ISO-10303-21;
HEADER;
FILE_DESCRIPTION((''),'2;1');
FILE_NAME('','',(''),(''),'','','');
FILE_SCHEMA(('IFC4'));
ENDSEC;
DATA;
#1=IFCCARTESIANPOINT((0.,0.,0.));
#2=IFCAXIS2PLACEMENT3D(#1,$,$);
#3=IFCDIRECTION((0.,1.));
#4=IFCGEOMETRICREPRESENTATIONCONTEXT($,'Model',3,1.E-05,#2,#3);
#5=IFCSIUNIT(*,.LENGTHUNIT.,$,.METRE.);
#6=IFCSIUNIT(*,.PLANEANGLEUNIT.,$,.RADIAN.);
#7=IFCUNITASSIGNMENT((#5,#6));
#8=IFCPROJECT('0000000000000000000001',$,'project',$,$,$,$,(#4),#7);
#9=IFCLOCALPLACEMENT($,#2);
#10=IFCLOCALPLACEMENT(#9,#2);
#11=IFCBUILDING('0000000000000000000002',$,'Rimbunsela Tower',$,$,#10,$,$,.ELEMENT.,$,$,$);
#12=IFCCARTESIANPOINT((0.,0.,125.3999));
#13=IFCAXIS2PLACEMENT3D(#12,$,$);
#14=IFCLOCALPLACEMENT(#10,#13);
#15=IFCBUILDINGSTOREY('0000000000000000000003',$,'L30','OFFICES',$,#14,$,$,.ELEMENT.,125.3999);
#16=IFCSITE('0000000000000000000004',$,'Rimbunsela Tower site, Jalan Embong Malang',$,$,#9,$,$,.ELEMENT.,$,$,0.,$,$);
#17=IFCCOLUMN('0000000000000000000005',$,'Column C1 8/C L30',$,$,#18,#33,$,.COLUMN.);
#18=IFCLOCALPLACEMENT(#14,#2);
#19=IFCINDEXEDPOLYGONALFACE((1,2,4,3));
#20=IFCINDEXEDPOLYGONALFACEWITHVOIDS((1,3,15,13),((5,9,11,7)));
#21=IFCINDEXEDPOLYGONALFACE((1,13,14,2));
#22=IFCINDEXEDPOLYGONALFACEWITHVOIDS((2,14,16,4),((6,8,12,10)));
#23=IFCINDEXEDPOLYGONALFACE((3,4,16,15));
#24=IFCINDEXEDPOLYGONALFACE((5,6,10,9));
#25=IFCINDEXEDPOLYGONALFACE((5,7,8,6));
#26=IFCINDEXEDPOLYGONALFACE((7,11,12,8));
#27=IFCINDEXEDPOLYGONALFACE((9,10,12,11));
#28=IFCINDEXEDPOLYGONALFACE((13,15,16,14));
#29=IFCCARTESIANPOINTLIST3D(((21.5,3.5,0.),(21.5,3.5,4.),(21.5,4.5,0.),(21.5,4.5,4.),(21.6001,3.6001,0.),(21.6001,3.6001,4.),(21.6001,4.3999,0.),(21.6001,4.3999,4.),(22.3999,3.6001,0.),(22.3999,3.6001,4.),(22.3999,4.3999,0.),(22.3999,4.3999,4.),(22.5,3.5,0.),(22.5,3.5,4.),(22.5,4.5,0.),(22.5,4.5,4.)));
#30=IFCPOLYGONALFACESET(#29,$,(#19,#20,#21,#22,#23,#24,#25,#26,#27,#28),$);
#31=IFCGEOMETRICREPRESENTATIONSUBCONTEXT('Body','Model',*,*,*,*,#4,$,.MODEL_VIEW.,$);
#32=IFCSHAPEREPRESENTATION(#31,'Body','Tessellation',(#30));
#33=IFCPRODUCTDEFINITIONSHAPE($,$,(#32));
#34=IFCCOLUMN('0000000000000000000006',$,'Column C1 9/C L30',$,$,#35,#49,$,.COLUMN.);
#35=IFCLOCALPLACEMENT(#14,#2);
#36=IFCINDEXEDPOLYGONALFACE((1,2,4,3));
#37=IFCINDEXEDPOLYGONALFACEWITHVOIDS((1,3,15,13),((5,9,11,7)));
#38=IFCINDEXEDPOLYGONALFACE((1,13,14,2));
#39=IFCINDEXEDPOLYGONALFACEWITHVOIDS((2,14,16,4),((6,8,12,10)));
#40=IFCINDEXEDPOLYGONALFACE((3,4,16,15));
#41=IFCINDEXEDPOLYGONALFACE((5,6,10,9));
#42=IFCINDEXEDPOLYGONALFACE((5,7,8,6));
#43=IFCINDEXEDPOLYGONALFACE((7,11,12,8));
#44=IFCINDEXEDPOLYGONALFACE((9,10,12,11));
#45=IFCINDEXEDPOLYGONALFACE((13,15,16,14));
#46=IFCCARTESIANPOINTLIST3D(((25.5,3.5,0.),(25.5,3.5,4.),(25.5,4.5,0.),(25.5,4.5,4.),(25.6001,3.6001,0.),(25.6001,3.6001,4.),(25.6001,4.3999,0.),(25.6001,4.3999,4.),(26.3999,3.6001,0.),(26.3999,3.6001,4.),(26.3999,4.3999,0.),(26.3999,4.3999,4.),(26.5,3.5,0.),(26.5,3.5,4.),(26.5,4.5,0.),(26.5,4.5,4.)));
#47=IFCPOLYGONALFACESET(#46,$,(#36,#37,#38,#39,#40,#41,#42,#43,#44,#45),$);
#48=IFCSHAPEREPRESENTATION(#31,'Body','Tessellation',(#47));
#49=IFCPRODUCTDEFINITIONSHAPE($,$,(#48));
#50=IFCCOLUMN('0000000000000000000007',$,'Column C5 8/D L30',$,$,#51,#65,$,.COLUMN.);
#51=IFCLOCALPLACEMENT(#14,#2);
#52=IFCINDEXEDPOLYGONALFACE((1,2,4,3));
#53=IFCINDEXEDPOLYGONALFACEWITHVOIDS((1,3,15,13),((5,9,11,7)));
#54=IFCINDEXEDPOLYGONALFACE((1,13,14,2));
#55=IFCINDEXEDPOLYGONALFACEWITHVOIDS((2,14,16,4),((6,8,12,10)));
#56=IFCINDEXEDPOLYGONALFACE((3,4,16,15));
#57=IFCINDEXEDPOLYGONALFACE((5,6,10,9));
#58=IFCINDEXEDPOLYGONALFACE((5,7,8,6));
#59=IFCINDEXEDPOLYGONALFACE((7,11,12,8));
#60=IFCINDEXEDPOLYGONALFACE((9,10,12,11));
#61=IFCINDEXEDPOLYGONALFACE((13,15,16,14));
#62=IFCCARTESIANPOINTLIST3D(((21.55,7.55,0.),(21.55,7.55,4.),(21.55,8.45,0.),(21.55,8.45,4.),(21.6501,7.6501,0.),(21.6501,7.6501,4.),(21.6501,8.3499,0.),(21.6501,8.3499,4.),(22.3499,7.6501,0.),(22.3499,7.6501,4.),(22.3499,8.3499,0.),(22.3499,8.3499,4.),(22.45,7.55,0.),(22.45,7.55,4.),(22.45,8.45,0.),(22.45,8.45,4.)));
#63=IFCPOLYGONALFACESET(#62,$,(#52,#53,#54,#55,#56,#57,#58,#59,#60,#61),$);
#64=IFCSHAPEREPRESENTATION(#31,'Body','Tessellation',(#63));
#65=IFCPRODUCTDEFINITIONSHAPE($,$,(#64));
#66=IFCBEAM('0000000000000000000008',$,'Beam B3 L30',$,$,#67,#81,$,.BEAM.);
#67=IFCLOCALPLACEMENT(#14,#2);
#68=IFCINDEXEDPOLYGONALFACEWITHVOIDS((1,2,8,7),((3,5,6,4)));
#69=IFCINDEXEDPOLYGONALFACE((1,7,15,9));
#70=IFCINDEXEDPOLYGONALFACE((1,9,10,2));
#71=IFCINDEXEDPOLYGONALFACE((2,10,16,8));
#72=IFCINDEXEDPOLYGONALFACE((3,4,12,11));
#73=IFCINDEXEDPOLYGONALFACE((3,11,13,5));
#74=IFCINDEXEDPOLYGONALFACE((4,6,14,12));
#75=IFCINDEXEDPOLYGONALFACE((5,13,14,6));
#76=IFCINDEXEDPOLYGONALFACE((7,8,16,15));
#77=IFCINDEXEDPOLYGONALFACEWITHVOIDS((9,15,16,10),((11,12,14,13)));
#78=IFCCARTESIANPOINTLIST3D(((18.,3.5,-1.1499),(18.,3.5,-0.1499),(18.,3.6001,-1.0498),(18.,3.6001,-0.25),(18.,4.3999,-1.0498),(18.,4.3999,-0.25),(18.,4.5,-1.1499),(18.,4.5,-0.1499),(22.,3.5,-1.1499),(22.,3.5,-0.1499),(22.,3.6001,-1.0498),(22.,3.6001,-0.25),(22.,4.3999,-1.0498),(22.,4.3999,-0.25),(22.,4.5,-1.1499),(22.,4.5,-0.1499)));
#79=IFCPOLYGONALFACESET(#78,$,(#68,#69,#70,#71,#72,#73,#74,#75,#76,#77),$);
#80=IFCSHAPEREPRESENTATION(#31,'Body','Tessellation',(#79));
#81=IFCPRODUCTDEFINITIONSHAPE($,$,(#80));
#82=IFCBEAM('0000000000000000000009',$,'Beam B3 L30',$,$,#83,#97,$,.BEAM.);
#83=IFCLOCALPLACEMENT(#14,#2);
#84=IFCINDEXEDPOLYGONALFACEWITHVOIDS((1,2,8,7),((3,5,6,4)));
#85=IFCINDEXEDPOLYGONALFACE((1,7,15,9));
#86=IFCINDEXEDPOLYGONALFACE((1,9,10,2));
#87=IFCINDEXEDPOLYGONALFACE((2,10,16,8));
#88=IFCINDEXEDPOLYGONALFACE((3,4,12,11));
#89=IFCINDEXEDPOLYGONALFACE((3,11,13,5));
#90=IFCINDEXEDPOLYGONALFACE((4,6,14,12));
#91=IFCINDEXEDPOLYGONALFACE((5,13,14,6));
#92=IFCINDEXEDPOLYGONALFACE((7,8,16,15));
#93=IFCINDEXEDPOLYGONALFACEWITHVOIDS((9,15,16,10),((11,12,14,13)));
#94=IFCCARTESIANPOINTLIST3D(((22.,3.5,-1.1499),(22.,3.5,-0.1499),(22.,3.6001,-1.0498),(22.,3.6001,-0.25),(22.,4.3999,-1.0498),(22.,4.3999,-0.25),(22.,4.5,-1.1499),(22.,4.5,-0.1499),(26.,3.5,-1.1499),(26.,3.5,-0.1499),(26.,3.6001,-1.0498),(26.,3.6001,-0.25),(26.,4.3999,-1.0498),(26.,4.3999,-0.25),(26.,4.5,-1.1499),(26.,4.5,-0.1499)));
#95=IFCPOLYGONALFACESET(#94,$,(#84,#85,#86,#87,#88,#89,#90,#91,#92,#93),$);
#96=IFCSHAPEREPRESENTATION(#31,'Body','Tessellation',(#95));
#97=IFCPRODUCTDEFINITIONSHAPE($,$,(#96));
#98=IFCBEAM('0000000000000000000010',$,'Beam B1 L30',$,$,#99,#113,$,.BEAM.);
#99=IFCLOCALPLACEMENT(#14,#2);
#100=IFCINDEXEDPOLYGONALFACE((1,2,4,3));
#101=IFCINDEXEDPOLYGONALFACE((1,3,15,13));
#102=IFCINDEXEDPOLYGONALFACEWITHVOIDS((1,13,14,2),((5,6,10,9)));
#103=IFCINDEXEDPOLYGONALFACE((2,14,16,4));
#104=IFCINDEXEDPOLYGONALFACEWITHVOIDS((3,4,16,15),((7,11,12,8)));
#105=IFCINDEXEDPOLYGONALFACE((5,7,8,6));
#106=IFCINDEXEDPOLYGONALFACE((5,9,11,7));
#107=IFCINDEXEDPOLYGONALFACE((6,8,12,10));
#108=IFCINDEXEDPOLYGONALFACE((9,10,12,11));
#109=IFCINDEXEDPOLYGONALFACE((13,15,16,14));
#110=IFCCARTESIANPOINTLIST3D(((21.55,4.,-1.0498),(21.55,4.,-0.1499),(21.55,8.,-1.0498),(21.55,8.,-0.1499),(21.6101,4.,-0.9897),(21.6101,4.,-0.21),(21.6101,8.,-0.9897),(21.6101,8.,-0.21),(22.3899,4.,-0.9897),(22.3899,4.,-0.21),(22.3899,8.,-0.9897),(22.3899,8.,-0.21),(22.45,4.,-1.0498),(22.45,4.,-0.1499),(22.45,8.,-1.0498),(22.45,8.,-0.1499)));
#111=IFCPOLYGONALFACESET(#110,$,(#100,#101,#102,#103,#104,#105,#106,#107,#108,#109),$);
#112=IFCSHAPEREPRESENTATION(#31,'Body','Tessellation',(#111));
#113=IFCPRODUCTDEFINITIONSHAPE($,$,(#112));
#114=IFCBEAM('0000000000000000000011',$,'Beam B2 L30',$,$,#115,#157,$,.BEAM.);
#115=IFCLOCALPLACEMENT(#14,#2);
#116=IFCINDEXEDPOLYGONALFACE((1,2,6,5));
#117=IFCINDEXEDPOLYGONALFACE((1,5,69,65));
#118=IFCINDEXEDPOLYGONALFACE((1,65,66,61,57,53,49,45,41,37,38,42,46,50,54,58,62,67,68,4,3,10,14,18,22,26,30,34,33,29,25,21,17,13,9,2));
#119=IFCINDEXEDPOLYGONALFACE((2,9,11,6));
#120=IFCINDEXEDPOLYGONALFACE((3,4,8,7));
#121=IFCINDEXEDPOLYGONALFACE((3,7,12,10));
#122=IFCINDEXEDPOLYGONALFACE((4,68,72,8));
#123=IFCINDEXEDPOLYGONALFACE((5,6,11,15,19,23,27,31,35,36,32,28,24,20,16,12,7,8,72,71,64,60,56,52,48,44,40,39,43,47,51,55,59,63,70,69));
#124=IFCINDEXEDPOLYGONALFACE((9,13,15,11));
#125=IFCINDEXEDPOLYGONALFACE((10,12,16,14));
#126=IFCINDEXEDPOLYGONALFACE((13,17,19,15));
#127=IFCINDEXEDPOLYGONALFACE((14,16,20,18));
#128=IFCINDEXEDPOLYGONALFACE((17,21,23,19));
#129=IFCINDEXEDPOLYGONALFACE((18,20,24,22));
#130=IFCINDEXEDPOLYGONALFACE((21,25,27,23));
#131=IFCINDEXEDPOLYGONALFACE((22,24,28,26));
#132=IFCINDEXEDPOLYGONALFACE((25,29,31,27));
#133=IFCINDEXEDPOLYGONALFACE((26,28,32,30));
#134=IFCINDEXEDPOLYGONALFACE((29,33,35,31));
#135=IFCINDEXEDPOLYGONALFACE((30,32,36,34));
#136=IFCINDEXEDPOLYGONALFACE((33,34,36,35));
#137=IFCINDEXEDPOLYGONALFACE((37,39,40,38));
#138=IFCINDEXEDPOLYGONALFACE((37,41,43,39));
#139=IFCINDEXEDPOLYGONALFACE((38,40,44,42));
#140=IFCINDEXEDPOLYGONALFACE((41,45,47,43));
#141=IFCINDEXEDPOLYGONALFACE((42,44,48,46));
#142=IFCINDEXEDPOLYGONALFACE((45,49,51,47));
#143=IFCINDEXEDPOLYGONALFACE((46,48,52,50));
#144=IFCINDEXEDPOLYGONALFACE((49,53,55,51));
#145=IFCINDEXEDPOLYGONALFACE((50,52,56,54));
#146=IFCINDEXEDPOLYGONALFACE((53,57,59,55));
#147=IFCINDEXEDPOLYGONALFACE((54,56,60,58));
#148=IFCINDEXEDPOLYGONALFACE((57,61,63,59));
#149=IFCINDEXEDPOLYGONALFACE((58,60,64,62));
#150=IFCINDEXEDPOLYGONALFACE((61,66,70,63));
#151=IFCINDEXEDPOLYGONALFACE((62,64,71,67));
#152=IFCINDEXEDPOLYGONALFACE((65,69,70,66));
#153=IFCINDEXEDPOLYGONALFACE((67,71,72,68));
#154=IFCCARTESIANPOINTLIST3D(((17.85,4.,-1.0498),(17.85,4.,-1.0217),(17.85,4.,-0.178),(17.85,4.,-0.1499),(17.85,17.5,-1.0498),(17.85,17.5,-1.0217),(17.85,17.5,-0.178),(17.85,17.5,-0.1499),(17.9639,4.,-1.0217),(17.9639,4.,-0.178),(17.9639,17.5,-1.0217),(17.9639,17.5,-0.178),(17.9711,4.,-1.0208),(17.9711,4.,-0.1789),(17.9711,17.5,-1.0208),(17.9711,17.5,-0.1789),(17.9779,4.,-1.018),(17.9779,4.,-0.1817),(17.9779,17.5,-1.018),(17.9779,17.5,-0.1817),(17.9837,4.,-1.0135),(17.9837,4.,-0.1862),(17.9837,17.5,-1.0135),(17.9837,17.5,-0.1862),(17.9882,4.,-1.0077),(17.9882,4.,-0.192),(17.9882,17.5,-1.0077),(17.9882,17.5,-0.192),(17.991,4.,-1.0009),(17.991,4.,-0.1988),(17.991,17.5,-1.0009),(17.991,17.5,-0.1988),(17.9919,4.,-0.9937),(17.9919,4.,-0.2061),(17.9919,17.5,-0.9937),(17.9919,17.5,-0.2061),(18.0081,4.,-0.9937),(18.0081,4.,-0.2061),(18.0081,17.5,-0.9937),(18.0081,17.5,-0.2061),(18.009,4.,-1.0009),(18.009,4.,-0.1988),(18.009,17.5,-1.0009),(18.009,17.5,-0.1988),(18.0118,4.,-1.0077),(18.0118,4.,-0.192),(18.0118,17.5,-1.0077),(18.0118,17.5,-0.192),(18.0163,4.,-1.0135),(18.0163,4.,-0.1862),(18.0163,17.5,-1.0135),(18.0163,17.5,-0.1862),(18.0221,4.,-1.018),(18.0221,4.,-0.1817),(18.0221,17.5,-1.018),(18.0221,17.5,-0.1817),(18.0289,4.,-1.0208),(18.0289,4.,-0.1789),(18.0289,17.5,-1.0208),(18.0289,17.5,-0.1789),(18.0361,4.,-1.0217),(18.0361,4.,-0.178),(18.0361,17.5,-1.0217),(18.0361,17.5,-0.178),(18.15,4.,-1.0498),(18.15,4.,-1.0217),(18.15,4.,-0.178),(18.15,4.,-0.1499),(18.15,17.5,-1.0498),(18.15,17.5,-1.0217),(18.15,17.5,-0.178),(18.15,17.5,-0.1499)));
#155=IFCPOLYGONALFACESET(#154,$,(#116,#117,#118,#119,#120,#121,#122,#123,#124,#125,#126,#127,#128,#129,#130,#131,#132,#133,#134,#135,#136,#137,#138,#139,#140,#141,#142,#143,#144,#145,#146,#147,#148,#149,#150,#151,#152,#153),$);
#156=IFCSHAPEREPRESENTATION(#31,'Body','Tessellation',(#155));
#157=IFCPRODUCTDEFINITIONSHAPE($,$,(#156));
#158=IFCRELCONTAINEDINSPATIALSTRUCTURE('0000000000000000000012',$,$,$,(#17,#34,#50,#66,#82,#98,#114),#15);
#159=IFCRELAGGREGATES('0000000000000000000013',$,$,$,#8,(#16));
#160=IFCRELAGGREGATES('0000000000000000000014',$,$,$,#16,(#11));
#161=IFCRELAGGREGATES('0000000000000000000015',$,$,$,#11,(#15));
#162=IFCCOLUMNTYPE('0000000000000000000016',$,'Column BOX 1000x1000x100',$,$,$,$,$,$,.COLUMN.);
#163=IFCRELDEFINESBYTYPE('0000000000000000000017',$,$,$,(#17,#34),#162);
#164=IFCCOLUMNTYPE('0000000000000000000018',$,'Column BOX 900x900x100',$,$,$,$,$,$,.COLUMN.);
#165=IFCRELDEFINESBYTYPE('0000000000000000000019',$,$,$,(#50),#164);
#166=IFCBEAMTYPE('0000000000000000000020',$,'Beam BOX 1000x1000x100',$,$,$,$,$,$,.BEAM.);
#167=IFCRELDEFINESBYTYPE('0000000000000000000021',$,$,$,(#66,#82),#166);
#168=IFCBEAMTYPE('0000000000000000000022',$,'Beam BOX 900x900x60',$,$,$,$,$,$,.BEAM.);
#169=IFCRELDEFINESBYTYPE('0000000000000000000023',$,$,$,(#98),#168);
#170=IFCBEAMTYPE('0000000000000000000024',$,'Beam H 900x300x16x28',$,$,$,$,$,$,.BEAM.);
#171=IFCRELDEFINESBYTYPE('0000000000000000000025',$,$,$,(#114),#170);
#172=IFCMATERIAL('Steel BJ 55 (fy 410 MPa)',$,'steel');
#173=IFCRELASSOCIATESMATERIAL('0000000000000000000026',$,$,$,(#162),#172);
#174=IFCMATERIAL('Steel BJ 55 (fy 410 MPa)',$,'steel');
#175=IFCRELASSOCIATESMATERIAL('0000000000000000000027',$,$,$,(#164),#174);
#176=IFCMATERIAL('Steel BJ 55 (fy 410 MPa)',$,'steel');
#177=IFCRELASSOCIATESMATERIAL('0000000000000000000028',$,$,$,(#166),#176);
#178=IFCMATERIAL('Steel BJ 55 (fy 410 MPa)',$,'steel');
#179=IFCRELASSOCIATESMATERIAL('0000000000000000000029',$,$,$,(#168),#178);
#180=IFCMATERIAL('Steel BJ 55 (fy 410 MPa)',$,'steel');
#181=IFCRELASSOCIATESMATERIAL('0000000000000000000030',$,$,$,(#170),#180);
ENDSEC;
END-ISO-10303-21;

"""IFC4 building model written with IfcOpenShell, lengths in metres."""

from ifc_helpers import new_model, si_unit, direction, frame, origin, origin_2d, place, context, subcontext, project, spatial, hollow_rectangle, i_section, extrude, material, material_profile, profile_set, type_object, element, save


model = new_model("IFC4")

# Units and contexts
model_context = context("Model", 3, precision=1e-05, world=origin(), true_north=direction((0.0, 1.0)))
body_context = subcontext(model_context, "Body", "Model", "MODEL_VIEW")
ifc_project = project(units=[si_unit("LENGTHUNIT", "METRE"), si_unit("PLANEANGLEUNIT", "RADIAN")], contexts=[model_context])

# Site, building, storey
site_placement = place(None, origin())
site = spatial("IfcSite", under=ifc_project, at=site_placement, Name="Rimbunsela Tower site, Jalan Embong Malang", CompositionType="ELEMENT", RefElevation=0.0)
building_placement = place(site_placement, origin())
building = spatial("IfcBuilding", under=site, at=building_placement, Name="Rimbunsela Tower", CompositionType="ELEMENT")
storey_placement = place(building_placement, frame((0.0, 0.0, 125.3999)))
storey = spatial("IfcBuildingStorey", under=building, at=storey_placement, Name="L30", Description="OFFICES", CompositionType="ELEMENT", Elevation=125.3999)

# Columns
ifc_material_1 = material(Name="Steel BJ 55 (fy 410 MPa)", Category="steel")
ifc_material_profile_1 = material_profile(ifc_material_1, hollow_rectangle(XDim=1.0, YDim=1.0, WallThickness=0.1001, at=origin_2d()), Name="BOX 1000x1000x100")
ifc_profile_set_1 = profile_set([ifc_material_profile_1], Name="Steel BJ 55 (fy 410 MPa)")
column_type_1 = type_object("IfcColumnType", Name="Column BOX 1000x1000x100", PredefinedType="COLUMN", material=ifc_profile_set_1)
for number, where, z_axis, x_axis, name in (
    (1, (22.0, 4.0, 0.0), (0.0, 0.0, 1.0), (1.0, 0.0, 0.0), "Column C1 8/C L30"),
    (2, (26.0, 4.0, 0.0), (0.0, 0.0, 1.0), (1.0, 0.0, 0.0), "Column C1 9/C L30"),
):
    element("IfcColumn", number, at=place(storey_placement, frame(where, z_axis=z_axis, x_axis=x_axis)), inside=storey, type_object=column_type_1, Name=name, PredefinedType="COLUMN", context=body_context, shape_type="SweptSolid", body=[
        extrude(hollow_rectangle(XDim=1.0, YDim=1.0, WallThickness=0.1001, at=origin_2d()), origin(), (0.0, 0.0, 1.0), 4.0),
    ])
ifc_material_2 = material(Name="Steel BJ 55 (fy 410 MPa)", Category="steel")
ifc_material_profile_2 = material_profile(ifc_material_2, hollow_rectangle(XDim=0.8999, YDim=0.8999, WallThickness=0.1001, at=origin_2d()), Name="BOX 900x900x100")
ifc_profile_set_2 = profile_set([ifc_material_profile_2], Name="Steel BJ 55 (fy 410 MPa)")
column_type_2 = type_object("IfcColumnType", Name="Column BOX 900x900x100", PredefinedType="COLUMN", material=ifc_profile_set_2)
column_placement = place(storey_placement, frame((22.0, 8.0, 0.0), z_axis=(0.0, 0.0, 1.0), x_axis=(1.0, 0.0, 0.0)))
element("IfcColumn", 3, at=column_placement, inside=storey, type_object=column_type_2, Name="Column C5 8/D L30", PredefinedType="COLUMN", context=body_context, shape_type="SweptSolid", body=[
    extrude(hollow_rectangle(XDim=0.8999, YDim=0.8999, WallThickness=0.1001, at=origin_2d()), origin(), (0.0, 0.0, 1.0), 4.0),
])

# Beams
ifc_material_3 = material(Name="Steel BJ 55 (fy 410 MPa)", Category="steel")
ifc_material_profile_3 = material_profile(ifc_material_3, hollow_rectangle(XDim=1.0, YDim=1.0, WallThickness=0.1001, at=origin_2d()), Name="BOX 1000x1000x100")
ifc_profile_set_3 = profile_set([ifc_material_profile_3], Name="Steel BJ 55 (fy 410 MPa)")
beam_type_1 = type_object("IfcBeamType", Name="Beam BOX 1000x1000x100", PredefinedType="BEAM", material=ifc_profile_set_3)
for number, where, z_axis, x_axis, name in (
    (4, (18.0, 4.0, -0.6499), (1.0, 0.0, 0.0), (0.0, 1.0, 0.0), "Beam B3 L30"),
    (5, (22.0, 4.0, -0.6499), (1.0, 0.0, 0.0), (0.0, 1.0, 0.0), "Beam B3 L30"),
):
    element("IfcBeam", number, at=place(storey_placement, frame(where, z_axis=z_axis, x_axis=x_axis)), inside=storey, type_object=beam_type_1, Name=name, PredefinedType="BEAM", context=body_context, shape_type="SweptSolid", body=[
        extrude(hollow_rectangle(XDim=1.0, YDim=1.0, WallThickness=0.1001, at=origin_2d()), origin(), (0.0, 0.0, 1.0), 4.0),
    ])
ifc_material_4 = material(Name="Steel BJ 55 (fy 410 MPa)", Category="steel")
ifc_material_profile_4 = material_profile(ifc_material_4, hollow_rectangle(XDim=0.8999, YDim=0.8999, WallThickness=0.0601, at=origin_2d()), Name="BOX 900x900x60")
ifc_profile_set_4 = profile_set([ifc_material_profile_4], Name="Steel BJ 55 (fy 410 MPa)")
beam_type_2 = type_object("IfcBeamType", Name="Beam BOX 900x900x60", PredefinedType="BEAM", material=ifc_profile_set_4)
beam_1_placement = place(storey_placement, frame((22.0, 4.0, -0.5999), z_axis=(0.0, 1.0, 0.0), x_axis=(-1.0, 0.0, 0.0)))
element("IfcBeam", 6, at=beam_1_placement, inside=storey, type_object=beam_type_2, Name="Beam B1 L30", PredefinedType="BEAM", context=body_context, shape_type="SweptSolid", body=[
    extrude(hollow_rectangle(XDim=0.8999, YDim=0.8999, WallThickness=0.0601, at=origin_2d()), origin(), (0.0, 0.0, 1.0), 4.0),
])
ifc_material_5 = material(Name="Steel BJ 55 (fy 410 MPa)", Category="steel")
ifc_material_profile_5 = material_profile(ifc_material_5, i_section(OverallWidth=0.3, OverallDepth=0.8999, WebThickness=0.0161, FlangeThickness=0.0281, FilletRadius=0.0281, at=origin_2d()), Name="H 900x300x16x28")
ifc_profile_set_5 = profile_set([ifc_material_profile_5], Name="Steel BJ 55 (fy 410 MPa)")
beam_type_3 = type_object("IfcBeamType", Name="Beam H 900x300x16x28", PredefinedType="BEAM", material=ifc_profile_set_5)
beam_2_placement = place(storey_placement, frame((18.0, 4.0, -0.5999), z_axis=(0.0, 1.0, 0.0), x_axis=(-1.0, 0.0, 0.0)))
element("IfcBeam", 7, at=beam_2_placement, inside=storey, type_object=beam_type_3, Name="Beam B2 L30", PredefinedType="BEAM", context=body_context, shape_type="SweptSolid", body=[
    extrude(i_section(OverallWidth=0.3, OverallDepth=0.8999, WebThickness=0.0161, FlangeThickness=0.0281, FilletRadius=0.0281, at=origin_2d()), origin(), (0.0, 0.0, 1.0), 13.5),
])

save(model, "model.ifc")
